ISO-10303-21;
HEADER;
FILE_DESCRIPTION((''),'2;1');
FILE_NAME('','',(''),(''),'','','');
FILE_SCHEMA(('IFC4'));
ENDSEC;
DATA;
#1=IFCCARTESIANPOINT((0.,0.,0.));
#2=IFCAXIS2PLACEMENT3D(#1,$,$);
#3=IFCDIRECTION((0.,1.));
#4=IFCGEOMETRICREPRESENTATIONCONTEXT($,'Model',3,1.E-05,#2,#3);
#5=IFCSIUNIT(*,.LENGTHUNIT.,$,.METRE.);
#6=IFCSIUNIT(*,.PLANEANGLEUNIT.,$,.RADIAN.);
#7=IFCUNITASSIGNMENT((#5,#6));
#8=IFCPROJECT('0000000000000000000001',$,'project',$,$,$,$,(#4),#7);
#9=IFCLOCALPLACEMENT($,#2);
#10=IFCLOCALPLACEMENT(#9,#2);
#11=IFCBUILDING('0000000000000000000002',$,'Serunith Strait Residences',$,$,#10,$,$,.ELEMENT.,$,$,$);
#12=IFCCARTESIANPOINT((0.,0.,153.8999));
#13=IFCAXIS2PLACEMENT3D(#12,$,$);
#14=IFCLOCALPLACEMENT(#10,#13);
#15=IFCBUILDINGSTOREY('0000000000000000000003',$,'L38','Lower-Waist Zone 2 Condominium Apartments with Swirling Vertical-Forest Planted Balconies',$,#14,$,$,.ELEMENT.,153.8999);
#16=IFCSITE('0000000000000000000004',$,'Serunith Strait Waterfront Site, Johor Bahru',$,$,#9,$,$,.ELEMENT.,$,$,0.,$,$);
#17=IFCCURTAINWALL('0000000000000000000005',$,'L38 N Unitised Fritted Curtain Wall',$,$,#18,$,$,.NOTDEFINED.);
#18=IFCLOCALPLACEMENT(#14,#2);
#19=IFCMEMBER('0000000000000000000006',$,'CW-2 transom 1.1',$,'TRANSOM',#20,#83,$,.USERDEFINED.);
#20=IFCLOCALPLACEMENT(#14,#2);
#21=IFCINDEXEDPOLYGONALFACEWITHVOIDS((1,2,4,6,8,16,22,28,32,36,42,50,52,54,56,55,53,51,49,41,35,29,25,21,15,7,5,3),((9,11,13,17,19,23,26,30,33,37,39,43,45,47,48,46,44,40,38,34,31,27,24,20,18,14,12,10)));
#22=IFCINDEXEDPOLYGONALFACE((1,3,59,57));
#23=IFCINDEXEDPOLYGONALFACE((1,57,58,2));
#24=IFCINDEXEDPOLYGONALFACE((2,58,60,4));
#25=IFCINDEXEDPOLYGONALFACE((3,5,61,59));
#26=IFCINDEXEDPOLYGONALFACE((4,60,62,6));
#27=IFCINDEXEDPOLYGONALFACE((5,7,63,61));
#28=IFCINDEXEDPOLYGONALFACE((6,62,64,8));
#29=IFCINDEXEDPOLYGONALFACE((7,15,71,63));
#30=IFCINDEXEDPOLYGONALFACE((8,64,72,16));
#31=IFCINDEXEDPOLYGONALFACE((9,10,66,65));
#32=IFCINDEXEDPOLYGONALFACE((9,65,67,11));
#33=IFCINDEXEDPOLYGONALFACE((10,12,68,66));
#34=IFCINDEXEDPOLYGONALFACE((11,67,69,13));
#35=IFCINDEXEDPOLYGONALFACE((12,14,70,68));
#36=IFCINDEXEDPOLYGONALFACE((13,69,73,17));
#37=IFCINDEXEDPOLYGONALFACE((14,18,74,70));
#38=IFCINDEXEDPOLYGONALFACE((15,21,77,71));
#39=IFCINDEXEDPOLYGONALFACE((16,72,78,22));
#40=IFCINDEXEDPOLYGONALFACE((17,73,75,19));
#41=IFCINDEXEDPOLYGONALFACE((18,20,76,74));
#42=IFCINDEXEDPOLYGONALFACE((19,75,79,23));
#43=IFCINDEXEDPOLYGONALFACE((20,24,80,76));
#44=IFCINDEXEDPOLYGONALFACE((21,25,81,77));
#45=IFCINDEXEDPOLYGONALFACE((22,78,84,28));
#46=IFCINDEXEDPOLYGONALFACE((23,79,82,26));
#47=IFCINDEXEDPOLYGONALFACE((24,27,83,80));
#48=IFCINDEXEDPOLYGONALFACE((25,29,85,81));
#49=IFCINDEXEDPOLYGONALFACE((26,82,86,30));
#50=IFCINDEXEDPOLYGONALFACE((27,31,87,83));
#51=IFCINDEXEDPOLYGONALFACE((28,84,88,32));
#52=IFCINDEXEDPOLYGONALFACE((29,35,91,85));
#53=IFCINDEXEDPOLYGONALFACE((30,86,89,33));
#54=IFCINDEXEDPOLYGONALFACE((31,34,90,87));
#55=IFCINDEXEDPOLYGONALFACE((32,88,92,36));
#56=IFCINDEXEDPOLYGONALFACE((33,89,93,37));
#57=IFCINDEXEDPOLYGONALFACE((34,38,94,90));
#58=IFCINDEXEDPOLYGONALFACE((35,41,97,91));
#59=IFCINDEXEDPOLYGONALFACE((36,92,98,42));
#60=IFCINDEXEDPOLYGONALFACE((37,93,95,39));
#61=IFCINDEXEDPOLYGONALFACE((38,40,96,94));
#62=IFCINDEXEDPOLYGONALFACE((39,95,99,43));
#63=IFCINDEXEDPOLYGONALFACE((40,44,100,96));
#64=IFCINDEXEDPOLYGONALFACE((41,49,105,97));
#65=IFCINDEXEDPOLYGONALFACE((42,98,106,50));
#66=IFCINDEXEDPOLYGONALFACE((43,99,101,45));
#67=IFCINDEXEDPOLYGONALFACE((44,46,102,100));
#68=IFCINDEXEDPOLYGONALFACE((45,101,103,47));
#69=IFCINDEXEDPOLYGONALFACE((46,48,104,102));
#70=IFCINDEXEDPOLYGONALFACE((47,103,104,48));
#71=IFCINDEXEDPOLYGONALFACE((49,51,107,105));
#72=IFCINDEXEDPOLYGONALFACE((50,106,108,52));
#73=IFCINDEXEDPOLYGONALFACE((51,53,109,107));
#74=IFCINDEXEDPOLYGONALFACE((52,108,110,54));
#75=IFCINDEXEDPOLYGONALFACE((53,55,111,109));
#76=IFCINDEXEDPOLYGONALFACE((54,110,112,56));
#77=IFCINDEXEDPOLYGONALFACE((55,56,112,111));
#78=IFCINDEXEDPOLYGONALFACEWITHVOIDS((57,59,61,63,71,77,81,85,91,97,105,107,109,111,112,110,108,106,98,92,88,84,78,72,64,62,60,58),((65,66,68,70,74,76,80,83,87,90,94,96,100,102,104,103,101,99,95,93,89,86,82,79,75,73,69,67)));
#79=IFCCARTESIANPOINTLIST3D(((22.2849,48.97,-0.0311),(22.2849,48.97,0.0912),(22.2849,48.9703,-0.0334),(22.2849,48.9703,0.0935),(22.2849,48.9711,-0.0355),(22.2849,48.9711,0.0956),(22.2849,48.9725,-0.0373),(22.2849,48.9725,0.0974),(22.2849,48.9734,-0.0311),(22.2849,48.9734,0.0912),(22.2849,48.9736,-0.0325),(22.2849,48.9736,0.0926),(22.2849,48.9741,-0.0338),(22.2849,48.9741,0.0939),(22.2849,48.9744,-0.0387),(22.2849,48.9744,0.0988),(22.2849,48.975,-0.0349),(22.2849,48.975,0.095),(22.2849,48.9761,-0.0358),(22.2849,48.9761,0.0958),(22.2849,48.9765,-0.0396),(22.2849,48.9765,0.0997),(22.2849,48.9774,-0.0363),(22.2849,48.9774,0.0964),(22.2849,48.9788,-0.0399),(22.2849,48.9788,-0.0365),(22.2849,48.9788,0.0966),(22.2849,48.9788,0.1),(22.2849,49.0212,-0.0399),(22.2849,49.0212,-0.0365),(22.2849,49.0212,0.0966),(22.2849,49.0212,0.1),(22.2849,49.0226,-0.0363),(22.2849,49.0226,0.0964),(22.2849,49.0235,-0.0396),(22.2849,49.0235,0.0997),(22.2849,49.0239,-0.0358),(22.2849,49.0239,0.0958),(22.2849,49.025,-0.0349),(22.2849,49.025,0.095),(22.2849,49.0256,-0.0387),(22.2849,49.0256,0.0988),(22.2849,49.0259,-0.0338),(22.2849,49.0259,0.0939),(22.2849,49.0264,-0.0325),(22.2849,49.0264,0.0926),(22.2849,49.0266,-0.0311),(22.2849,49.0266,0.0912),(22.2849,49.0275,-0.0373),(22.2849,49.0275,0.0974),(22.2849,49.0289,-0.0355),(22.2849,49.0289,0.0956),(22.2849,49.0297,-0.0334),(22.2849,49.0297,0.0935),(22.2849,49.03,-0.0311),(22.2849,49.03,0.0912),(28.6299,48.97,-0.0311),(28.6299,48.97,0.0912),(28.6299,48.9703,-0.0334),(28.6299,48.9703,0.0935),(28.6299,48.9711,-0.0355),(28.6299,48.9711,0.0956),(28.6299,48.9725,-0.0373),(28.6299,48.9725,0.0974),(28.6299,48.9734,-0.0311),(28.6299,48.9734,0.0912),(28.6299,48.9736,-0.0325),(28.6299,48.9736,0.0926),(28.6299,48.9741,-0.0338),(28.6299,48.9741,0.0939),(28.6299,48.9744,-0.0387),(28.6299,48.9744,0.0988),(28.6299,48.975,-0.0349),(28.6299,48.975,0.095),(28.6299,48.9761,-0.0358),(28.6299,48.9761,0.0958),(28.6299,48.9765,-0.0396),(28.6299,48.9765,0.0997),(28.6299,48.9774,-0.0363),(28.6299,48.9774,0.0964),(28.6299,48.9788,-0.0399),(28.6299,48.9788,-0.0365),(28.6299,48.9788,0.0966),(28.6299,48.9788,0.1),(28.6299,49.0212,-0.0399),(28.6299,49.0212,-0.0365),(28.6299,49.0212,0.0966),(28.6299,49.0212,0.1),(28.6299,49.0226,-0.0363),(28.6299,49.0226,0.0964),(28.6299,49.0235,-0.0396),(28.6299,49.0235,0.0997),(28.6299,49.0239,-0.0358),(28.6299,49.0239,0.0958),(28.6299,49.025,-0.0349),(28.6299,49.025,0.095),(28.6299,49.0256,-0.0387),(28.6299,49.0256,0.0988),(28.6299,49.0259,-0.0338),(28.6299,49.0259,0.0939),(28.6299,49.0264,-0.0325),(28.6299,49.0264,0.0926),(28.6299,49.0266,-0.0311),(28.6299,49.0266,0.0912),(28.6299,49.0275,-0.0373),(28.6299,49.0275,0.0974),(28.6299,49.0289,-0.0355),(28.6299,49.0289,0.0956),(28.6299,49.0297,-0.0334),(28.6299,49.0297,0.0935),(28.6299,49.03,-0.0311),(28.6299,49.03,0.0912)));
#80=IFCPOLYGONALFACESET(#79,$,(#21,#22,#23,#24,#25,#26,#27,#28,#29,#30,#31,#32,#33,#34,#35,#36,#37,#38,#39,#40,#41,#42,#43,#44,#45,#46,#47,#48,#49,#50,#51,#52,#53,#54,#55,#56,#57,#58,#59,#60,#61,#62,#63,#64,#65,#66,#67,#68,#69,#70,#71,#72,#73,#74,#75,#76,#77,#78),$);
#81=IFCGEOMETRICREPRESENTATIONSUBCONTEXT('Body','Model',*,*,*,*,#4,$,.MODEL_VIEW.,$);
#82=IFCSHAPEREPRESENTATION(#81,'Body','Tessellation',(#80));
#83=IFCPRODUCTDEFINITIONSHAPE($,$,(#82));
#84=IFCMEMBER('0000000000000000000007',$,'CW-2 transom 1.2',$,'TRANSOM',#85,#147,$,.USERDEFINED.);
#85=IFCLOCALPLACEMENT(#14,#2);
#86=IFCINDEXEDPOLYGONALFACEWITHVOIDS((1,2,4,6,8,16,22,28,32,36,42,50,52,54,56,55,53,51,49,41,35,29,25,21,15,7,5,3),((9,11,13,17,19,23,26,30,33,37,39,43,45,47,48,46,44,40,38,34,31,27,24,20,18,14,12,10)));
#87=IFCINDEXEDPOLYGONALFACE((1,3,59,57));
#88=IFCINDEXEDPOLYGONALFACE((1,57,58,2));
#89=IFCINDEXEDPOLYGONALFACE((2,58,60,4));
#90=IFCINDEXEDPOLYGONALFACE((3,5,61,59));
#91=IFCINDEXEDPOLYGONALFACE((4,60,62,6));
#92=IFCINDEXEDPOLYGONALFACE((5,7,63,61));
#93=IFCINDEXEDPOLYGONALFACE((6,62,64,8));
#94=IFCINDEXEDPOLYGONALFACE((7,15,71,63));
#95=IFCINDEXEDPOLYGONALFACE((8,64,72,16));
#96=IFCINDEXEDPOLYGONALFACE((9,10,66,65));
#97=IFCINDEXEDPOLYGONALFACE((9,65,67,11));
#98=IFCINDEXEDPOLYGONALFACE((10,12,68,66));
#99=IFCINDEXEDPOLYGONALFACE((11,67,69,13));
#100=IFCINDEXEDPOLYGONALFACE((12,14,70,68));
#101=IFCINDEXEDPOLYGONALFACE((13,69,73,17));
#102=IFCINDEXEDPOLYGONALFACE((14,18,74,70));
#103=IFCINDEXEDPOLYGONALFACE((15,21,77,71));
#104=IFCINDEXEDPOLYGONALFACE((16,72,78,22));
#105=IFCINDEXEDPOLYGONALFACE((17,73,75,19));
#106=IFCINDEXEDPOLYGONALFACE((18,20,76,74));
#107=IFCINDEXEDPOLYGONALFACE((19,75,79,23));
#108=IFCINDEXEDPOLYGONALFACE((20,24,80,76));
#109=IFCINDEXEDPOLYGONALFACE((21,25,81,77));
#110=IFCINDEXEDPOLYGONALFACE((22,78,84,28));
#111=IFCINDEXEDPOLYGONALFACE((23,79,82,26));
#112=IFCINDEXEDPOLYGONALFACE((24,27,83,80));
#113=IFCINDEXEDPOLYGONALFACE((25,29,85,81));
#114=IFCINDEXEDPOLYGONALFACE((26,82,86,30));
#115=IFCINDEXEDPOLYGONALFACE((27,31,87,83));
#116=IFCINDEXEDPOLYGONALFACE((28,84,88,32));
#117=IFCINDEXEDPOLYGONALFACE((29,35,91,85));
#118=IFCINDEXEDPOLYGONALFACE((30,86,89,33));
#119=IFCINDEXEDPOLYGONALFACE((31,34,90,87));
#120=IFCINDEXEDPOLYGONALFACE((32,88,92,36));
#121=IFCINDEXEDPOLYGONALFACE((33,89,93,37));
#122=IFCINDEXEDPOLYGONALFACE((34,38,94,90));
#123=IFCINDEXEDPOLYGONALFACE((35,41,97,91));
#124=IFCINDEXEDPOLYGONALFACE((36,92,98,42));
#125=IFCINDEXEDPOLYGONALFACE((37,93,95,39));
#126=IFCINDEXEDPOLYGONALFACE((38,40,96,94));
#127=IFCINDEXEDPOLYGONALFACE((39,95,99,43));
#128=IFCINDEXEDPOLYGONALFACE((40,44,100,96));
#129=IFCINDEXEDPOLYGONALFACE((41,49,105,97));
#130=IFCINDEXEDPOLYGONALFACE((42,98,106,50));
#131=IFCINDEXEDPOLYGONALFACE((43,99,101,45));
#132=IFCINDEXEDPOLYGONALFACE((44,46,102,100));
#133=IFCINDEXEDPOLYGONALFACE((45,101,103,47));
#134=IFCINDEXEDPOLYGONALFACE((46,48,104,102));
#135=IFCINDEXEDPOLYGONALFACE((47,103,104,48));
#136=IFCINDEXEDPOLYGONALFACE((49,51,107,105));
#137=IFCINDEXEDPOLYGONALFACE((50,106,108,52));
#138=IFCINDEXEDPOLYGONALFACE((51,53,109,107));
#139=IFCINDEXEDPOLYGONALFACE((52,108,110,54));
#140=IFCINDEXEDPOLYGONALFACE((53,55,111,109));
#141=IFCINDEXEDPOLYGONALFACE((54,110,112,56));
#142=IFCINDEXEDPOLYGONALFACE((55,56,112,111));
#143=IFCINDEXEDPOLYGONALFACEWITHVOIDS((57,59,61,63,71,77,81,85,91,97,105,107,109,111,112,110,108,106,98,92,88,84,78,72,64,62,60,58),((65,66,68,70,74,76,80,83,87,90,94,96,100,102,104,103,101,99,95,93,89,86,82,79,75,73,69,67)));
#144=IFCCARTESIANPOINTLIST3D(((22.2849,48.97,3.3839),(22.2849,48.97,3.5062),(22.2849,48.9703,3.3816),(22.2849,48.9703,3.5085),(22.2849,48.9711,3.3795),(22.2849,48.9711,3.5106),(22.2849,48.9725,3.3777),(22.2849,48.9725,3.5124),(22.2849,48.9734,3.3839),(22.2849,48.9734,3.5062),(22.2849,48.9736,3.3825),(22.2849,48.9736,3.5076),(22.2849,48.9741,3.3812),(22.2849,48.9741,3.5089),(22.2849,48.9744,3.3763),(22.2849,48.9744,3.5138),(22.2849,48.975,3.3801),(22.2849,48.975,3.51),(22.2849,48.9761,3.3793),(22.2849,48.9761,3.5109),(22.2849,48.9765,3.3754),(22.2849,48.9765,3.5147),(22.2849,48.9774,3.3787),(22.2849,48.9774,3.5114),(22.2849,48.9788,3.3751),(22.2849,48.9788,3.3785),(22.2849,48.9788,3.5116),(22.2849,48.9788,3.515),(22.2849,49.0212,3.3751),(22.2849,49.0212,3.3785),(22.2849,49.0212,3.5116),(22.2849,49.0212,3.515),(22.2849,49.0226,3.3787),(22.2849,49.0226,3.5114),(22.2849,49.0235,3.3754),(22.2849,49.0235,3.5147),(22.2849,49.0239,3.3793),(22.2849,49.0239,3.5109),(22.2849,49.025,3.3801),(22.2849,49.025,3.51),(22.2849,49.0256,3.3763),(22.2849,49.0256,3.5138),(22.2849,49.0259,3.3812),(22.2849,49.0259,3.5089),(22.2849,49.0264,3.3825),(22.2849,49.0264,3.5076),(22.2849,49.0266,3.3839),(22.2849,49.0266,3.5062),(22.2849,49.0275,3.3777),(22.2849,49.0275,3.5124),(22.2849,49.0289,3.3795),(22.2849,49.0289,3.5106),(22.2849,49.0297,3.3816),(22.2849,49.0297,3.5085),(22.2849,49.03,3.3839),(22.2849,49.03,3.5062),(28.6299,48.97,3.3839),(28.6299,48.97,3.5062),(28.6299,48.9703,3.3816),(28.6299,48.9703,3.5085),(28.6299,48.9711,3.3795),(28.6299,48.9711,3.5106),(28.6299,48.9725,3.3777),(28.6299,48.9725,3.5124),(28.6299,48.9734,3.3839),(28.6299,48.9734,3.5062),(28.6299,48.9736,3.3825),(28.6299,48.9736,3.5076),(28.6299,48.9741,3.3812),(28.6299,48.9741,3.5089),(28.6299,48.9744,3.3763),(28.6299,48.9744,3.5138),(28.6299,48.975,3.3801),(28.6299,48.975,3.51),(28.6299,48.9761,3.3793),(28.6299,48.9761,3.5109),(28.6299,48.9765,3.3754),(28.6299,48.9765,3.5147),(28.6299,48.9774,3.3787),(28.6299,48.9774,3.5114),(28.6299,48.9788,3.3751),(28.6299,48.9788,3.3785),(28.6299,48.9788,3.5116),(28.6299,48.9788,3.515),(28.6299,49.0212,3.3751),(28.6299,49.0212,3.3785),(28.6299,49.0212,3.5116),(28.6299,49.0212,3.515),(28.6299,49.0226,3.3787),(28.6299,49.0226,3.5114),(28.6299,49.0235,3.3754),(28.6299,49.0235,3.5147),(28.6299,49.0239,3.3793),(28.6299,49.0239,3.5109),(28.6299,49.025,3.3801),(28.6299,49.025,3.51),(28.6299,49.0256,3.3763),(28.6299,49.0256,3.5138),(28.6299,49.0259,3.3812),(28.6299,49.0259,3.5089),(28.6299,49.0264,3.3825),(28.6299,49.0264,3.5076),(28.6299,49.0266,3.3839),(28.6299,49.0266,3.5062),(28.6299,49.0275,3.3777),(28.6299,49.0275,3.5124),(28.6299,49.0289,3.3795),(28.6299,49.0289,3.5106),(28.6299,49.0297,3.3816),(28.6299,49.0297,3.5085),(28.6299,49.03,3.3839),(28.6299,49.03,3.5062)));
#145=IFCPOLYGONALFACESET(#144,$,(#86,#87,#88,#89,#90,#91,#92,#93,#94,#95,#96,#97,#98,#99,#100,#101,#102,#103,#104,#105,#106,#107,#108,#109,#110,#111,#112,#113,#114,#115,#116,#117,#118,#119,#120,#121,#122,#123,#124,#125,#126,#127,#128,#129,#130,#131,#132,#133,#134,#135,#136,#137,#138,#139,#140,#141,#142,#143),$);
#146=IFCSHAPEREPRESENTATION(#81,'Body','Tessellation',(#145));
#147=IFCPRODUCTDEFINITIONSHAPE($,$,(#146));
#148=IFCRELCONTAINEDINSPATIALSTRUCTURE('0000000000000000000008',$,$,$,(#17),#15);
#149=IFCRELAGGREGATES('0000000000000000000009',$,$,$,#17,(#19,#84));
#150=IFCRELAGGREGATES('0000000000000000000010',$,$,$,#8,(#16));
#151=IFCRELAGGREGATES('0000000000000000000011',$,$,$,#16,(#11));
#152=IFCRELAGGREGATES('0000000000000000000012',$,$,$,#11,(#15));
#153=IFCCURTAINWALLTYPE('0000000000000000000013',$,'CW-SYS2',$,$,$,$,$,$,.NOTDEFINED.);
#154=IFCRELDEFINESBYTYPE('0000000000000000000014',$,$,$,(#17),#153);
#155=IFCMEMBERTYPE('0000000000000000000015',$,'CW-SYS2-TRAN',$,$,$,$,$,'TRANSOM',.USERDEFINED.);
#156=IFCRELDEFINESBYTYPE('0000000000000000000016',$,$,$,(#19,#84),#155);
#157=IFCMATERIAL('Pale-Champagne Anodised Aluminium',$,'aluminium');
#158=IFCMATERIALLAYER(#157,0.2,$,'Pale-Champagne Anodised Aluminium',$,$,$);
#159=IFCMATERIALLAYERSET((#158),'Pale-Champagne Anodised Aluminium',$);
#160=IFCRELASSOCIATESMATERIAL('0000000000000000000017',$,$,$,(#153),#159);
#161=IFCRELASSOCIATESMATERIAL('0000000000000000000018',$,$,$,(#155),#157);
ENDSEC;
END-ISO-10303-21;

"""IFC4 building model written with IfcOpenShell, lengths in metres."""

from ifc_helpers import new_model, si_unit, direction, frame, origin, origin_2d, place, context, subcontext, project, spatial, hollow_rectangle, extrude, source, transform, mapped, material, layer, layer_set, material_profile, profile_set, type_object, element, aggregate, save


model = new_model("IFC4")

# Units and contexts
model_context = context("Model", 3, precision=1e-05, world=origin(), true_north=direction((0.0, 1.0)))
body_context = subcontext(model_context, "Body", "Model", "MODEL_VIEW")
ifc_project = project(units=[si_unit("LENGTHUNIT", "METRE"), si_unit("PLANEANGLEUNIT", "RADIAN")], contexts=[model_context])

# Site, building, storey
site_placement = place(None, origin())
site = spatial("IfcSite", under=ifc_project, at=site_placement, Name="Serunith Strait Waterfront Site, Johor Bahru", CompositionType="ELEMENT", RefElevation=0.0)
building_placement = place(site_placement, origin())
building = spatial("IfcBuilding", under=site, at=building_placement, Name="Serunith Strait Residences", CompositionType="ELEMENT")
storey_placement = place(building_placement, frame((0.0, 0.0, 153.8999)))
storey = spatial("IfcBuildingStorey", under=building, at=storey_placement, Name="L38", Description="Lower-Waist Zone 2 Condominium Apartments with Swirling Vertical-Forest Planted Balconies", CompositionType="ELEMENT", Elevation=153.8999)

# Curtain wall, members
ifc_material_1 = material(Name="Pale-Champagne Anodised Aluminium", Category="aluminium")
ifc_layer_1 = layer(ifc_material_1, 0.2, Name="Pale-Champagne Anodised Aluminium")
ifc_layer_set_1 = layer_set([ifc_layer_1], Name="Pale-Champagne Anodised Aluminium")
curtain_wall_type = type_object("IfcCurtainWallType", Name="CW-SYS2", PredefinedType="NOTDEFINED", material=ifc_layer_set_1)
curtain_wall_placement = place(storey_placement, origin())
curtain_wall = element("IfcCurtainWall", 1, at=curtain_wall_placement, inside=storey, type_object=curtain_wall_type, Name="L38 N Unitised Fritted Curtain Wall", PredefinedType="NOTDEFINED")
ifc_material_profile_1 = material_profile(ifc_material_1, hollow_rectangle(XDim=0.0601, YDim=0.1399, WallThickness=0.0034, InnerFilletRadius=0.0054, OuterFilletRadius=0.0088, at=origin_2d()), Name="ALU 140x60x3.5")
ifc_profile_set_1 = profile_set([ifc_material_profile_1], Name="Pale-Champagne Anodised Aluminium")
member_type_1 = type_object("IfcMemberType", Name="CW-SYS2-TRAN", ElementType="TRANSOM", PredefinedType="USERDEFINED", material=ifc_profile_set_1)
shared_shape_1 = source(origin(), body_context, "Body", "SweptSolid", [
    extrude(hollow_rectangle(XDim=0.0601, YDim=0.1399, WallThickness=0.0034, InnerFilletRadius=0.0054, OuterFilletRadius=0.0088, at=origin_2d()), origin(), (0.0, 0.0, 1.0), 6.345),
])
member_1_placement = place(storey_placement, frame((28.6299, 49.0, 0.03), z_axis=(-1.0, 0.0, 0.0), x_axis=(0.0, -1.0, 0.0)))
member_1 = element("IfcMember", 2, at=member_1_placement, type_object=member_type_1, Name="CW-2 transom 1.1", ObjectType="TRANSOM", PredefinedType="USERDEFINED", context=body_context, shape_type="MappedRepresentation", body=[
    mapped(shared_shape_1, transform((0.0, 0.0, 0.0), scale=1.0)),
])
member_2_placement = place(storey_placement, frame((28.6299, 49.0, 3.4451), z_axis=(-1.0, 0.0, 0.0), x_axis=(0.0, -1.0, 0.0)))
member_2 = element("IfcMember", 3, at=member_2_placement, type_object=member_type_1, Name="CW-2 transom 1.2", ObjectType="TRANSOM", PredefinedType="USERDEFINED", context=body_context, shape_type="MappedRepresentation", body=[
    mapped(shared_shape_1, transform((0.0, 0.0, 0.0), scale=1.0)),
])
aggregate(curtain_wall, [member_1, member_2])

save(model, "model.ifc")
